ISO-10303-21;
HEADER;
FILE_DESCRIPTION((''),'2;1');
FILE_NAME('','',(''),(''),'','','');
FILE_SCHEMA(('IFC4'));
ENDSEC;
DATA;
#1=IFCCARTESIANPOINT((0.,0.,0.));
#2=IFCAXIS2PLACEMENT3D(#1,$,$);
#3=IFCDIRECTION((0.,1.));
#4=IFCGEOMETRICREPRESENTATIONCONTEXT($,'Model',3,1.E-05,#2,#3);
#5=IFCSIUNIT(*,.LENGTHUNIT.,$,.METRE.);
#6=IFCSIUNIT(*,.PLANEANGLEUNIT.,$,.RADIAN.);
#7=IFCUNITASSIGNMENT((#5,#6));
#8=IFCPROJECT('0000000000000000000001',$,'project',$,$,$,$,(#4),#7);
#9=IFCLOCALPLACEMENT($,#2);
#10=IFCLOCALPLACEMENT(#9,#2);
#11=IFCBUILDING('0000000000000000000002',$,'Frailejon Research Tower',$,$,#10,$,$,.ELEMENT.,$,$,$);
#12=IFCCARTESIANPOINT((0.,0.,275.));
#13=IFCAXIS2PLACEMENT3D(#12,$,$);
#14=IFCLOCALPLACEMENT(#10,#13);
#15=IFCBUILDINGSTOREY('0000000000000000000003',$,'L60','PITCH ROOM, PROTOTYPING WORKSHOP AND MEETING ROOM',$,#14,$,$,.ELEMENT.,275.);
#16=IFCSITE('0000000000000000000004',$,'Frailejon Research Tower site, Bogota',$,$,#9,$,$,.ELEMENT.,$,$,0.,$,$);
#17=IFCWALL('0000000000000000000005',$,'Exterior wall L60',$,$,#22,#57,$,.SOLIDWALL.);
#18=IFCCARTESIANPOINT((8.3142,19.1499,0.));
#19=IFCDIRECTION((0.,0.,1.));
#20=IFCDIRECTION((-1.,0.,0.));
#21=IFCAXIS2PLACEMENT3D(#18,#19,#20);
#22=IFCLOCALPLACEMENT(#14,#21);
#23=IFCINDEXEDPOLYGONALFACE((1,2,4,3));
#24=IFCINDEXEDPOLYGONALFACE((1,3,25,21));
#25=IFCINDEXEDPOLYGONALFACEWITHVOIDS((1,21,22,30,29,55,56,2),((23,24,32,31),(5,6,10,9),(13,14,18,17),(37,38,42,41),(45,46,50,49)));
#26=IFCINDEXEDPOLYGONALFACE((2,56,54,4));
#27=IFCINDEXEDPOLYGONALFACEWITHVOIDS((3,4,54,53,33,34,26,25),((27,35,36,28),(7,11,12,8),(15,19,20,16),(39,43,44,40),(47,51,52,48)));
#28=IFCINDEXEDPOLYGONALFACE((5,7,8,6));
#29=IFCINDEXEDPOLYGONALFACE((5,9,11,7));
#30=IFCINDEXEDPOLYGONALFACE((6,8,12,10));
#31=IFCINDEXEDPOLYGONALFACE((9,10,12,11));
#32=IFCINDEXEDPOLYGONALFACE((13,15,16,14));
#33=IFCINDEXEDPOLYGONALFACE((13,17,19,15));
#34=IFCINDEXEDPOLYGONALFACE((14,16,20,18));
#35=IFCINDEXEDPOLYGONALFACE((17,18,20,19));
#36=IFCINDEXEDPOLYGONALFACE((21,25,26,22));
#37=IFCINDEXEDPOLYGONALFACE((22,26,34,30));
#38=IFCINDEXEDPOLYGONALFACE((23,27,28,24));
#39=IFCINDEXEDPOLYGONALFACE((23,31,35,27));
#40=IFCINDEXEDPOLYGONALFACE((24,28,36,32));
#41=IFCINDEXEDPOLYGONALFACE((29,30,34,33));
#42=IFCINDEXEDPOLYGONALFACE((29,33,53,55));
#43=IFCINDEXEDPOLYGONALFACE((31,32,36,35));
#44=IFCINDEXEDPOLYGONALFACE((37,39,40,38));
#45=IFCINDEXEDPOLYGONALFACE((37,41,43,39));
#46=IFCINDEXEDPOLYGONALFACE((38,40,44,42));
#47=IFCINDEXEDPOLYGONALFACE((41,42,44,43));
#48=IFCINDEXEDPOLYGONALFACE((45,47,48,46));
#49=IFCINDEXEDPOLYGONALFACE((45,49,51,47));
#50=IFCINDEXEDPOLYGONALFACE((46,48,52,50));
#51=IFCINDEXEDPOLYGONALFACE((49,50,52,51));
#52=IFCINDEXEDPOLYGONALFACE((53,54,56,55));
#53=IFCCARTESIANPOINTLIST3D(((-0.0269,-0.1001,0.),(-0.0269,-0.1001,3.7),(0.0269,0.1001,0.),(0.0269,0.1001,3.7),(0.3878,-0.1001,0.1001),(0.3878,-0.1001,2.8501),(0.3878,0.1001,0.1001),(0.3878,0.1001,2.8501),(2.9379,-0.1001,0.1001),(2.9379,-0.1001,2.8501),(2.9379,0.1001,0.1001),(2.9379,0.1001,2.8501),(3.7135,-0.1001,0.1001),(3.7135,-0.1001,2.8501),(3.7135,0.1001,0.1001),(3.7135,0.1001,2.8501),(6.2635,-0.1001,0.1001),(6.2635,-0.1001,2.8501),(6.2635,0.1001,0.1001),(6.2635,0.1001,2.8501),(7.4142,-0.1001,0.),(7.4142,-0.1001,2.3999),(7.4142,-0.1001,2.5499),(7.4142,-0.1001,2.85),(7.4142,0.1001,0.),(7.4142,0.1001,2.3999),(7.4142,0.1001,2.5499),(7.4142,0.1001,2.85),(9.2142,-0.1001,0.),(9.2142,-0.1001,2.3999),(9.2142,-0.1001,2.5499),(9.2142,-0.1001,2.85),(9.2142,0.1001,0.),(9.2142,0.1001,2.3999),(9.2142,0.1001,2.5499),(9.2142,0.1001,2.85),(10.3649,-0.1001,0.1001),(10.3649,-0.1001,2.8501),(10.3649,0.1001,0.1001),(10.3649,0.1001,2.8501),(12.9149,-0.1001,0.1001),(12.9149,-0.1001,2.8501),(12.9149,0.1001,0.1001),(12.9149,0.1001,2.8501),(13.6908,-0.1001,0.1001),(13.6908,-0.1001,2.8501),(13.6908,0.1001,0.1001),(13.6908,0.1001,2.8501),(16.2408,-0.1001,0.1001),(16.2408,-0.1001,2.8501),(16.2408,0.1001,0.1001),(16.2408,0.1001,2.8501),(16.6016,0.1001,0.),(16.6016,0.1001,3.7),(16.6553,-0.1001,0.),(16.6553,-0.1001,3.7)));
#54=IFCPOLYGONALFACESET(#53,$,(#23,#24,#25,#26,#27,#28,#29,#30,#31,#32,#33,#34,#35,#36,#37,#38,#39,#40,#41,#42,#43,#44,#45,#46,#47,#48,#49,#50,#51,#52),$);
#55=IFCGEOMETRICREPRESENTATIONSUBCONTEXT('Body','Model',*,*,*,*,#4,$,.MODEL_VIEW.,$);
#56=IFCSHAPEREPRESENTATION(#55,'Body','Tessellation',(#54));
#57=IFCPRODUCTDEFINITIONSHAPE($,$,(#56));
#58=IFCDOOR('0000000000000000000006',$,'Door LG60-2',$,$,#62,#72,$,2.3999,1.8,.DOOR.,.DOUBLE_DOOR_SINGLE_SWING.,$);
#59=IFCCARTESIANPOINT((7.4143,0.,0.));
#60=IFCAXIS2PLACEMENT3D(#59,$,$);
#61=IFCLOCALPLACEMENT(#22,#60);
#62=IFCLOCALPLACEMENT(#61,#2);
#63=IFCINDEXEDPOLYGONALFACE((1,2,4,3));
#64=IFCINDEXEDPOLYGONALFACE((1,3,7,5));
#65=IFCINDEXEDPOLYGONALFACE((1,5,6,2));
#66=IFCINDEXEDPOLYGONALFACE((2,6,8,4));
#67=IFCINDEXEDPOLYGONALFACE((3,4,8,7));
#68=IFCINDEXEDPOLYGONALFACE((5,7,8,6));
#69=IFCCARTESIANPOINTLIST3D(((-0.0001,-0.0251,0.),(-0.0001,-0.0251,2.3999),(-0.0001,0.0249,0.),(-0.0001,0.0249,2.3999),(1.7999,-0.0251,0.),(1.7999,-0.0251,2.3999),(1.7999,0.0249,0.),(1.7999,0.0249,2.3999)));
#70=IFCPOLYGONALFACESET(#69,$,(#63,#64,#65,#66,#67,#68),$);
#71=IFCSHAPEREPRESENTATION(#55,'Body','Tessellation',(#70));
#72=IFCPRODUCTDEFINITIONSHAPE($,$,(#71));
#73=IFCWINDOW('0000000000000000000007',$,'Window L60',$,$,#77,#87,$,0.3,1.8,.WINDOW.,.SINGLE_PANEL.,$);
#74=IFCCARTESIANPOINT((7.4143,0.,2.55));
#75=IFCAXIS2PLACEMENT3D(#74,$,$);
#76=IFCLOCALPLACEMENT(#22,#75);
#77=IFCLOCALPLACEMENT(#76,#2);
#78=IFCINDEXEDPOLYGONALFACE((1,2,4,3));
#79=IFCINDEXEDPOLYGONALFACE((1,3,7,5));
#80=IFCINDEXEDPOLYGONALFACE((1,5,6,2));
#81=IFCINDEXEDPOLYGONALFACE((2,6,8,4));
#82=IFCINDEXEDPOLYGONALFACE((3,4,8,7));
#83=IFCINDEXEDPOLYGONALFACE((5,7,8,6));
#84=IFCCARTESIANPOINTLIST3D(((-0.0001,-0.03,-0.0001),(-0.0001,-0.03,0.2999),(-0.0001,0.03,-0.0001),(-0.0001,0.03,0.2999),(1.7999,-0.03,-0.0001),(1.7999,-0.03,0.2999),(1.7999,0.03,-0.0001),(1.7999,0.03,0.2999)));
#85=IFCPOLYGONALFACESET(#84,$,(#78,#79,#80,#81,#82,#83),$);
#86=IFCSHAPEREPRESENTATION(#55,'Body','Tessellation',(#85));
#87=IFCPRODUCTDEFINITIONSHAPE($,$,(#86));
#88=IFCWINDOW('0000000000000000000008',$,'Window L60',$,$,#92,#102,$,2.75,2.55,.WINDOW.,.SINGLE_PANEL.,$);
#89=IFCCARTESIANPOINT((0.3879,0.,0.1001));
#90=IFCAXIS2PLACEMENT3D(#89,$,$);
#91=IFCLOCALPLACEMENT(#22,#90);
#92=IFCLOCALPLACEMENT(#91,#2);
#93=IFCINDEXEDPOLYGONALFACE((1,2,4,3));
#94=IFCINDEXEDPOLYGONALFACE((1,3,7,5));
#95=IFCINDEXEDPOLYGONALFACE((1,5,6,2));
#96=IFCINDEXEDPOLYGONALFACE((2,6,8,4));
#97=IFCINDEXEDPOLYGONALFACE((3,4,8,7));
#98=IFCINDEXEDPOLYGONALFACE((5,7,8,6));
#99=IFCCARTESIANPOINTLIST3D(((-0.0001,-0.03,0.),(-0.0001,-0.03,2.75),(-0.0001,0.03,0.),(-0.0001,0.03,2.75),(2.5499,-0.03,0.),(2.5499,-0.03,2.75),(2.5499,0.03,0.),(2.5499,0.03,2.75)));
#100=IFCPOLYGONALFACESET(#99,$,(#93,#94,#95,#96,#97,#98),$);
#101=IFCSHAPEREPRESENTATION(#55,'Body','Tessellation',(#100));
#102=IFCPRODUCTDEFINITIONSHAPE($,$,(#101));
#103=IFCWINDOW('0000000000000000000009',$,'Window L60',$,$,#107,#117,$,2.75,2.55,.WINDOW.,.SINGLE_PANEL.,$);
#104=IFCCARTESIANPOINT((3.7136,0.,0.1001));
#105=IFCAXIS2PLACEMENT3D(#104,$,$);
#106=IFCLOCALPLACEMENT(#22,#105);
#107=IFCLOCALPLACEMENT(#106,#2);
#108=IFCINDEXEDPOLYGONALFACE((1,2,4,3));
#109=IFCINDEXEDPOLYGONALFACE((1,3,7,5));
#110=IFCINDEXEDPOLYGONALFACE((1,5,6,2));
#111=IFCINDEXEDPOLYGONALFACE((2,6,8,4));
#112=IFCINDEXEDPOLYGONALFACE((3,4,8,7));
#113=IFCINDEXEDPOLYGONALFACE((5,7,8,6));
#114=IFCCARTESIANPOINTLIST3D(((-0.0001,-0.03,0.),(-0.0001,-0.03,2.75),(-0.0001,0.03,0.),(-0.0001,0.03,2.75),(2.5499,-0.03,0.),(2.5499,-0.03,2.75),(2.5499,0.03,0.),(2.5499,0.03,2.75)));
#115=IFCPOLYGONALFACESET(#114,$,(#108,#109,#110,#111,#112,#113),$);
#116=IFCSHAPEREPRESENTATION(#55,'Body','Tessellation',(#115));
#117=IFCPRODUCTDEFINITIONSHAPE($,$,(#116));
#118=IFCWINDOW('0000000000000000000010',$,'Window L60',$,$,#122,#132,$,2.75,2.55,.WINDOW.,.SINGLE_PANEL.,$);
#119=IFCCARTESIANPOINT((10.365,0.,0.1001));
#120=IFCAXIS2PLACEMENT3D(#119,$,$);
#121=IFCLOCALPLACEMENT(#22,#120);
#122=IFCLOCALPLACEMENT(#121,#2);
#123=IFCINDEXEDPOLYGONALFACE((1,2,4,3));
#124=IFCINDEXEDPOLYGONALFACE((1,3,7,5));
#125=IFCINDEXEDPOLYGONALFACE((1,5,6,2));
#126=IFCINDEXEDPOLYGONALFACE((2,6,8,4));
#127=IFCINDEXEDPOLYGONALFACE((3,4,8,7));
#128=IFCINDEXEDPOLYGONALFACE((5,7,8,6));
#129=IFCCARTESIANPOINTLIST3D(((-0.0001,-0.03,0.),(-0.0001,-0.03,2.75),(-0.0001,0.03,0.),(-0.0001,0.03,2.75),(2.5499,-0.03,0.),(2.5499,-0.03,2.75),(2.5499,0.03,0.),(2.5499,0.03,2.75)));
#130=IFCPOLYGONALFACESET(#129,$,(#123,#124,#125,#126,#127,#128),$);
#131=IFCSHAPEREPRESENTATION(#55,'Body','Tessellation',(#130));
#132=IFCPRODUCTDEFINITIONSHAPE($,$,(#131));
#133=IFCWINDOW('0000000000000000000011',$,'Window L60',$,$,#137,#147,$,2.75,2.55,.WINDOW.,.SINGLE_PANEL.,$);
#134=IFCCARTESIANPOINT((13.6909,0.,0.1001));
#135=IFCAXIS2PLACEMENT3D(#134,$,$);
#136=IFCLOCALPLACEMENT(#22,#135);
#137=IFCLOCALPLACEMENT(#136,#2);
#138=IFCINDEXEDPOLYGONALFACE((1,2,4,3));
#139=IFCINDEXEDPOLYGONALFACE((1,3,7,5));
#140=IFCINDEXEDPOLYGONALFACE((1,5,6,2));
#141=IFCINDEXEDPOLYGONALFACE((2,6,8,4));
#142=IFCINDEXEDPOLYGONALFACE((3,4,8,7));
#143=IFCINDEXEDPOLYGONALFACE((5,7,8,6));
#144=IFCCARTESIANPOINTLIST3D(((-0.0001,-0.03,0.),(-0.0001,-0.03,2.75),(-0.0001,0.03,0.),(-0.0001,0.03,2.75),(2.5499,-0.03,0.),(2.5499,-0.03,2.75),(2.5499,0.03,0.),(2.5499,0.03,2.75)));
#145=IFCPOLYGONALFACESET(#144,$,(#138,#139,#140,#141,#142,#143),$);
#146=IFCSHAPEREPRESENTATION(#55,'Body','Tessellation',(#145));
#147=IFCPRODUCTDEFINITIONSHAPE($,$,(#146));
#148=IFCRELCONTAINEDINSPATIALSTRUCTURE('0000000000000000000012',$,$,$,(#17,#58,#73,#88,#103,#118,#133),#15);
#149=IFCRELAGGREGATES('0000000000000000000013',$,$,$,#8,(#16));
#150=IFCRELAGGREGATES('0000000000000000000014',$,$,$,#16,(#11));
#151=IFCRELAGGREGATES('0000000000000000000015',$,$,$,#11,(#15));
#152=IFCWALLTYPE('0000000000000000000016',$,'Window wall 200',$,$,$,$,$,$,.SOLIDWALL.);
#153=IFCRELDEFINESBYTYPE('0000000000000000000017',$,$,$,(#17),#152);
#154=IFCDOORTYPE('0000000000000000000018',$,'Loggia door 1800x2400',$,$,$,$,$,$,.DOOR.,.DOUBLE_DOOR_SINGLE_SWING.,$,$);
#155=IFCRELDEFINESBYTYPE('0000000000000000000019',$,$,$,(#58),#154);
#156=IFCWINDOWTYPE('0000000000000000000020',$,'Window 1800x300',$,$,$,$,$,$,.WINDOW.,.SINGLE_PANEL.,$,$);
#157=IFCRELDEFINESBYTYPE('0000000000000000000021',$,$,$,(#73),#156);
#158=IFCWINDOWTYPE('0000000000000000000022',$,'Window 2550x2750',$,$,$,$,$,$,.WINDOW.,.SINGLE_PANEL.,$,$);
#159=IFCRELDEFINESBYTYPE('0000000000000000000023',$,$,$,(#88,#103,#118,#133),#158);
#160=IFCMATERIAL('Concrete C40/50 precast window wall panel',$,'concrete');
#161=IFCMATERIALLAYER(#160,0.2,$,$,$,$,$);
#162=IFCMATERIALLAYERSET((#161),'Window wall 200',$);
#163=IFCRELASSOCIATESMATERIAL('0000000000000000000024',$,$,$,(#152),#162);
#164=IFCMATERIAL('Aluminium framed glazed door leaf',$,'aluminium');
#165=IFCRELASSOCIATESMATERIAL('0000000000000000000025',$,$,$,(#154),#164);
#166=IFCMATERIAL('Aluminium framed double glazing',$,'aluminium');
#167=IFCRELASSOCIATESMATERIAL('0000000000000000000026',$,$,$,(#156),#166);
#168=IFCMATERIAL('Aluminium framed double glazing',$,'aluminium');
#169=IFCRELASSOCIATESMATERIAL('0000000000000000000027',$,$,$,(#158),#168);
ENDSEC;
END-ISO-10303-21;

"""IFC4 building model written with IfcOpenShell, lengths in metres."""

from ifc_helpers import new_model, si_unit, direction, frame, frame_2d, origin, place, context, subcontext, project, spatial, polyline, rectangle, outline, extrude, material, layer, layer_set, type_object, element, fill, save


model = new_model("IFC4")

# Units and contexts
model_context = context("Model", 3, precision=1e-05, world=origin(), true_north=direction((0.0, 1.0)))
body_context = subcontext(model_context, "Body", "Model", "MODEL_VIEW")
ifc_project = project(units=[si_unit("LENGTHUNIT", "METRE"), si_unit("PLANEANGLEUNIT", "RADIAN")], contexts=[model_context])

# Site, building, storey
site_placement = place(None, origin())
site = spatial("IfcSite", under=ifc_project, at=site_placement, Name="Frailejon Research Tower site, Bogota", CompositionType="ELEMENT", RefElevation=0.0)
building_placement = place(site_placement, origin())
building = spatial("IfcBuilding", under=site, at=building_placement, Name="Frailejon Research Tower", CompositionType="ELEMENT")
storey_placement = place(building_placement, frame((0.0, 0.0, 275.0)))
storey = spatial("IfcBuildingStorey", under=building, at=storey_placement, Name="L60", Description="PITCH ROOM, PROTOTYPING WORKSHOP AND MEETING ROOM", CompositionType="ELEMENT", Elevation=275.0)

# Wall, openings, door, windows
ifc_material_1 = material(Name="Concrete C40/50 precast window wall panel", Category="concrete")
ifc_layer_1 = layer(ifc_material_1, 0.2)
ifc_layer_set_1 = layer_set([ifc_layer_1], Name="Window wall 200")
wall_type_1 = type_object("IfcWallType", Name="Window wall 200", PredefinedType="SOLIDWALL", material=ifc_layer_set_1)
wall_1_placement = place(storey_placement, frame((8.3142, 19.1499, 0.0), z_axis=(0.0, 0.0, 1.0), x_axis=(-1.0, 0.0, 0.0)))
wall_1 = element("IfcWall", 1, at=wall_1_placement, inside=storey, type_object=wall_type_1, Name="Exterior wall L60", PredefinedType="SOLIDWALL", context=body_context, shape_type="SweptSolid", body=[
    extrude(outline(polyline([(-0.0269, -0.1001), (1.0159, -0.1001), (2.0583, -0.1001), (3.1011, -0.1001), (4.1436, -0.1001), (5.1863, -0.1001), (6.229, -0.1001), (7.2715, -0.1001), (8.3142, -0.1001), (9.3569, -0.1001), (10.3994, -0.1001), (11.4421, -0.1001), (12.4849, -0.1001), (13.5273, -0.1001), (14.5701, -0.1001), (15.6125, -0.1001), (16.6553, -0.1001), (16.6016, 0.1001), (15.5657, 0.1001), (14.5298, 0.1001), (13.4939, 0.1001), (12.458, 0.1001), (11.4219, 0.1001), (10.386, 0.1001), (9.3501, 0.1001), (8.3142, 0.1001), (7.2783, 0.1001), (6.2424, 0.1001), (5.2065, 0.1001), (4.1704, 0.1001), (3.1345, 0.1001), (2.0986, 0.1001), (1.0627, 0.1001), (0.0269, 0.1001), (-0.0269, -0.1001)])), origin(), (0.0, 0.0, 1.0), 3.7),
])
opening_1_placement = place(wall_1_placement, frame((0.3879, 0.0, 0.1001)))
opening_1 = element("IfcOpeningElement", 2, at=opening_1_placement, cuts=wall_1, PredefinedType="OPENING", context=body_context, shape_type="SweptSolid", body=[
    extrude(rectangle(XDim=2.55, YDim=2.75, at=frame_2d((1.2749, 1.375))), frame((0.0, 0.1099, 0.0), z_axis=(0.0, -1.0, 0.0), x_axis=(1.0, 0.0, 0.0)), (0.0, 0.0, 1.0), 0.22),
])
opening_2_placement = place(wall_1_placement, frame((3.7136, 0.0, 0.1001)))
opening_2 = element("IfcOpeningElement", 3, at=opening_2_placement, cuts=wall_1, PredefinedType="OPENING", context=body_context, shape_type="SweptSolid", body=[
    extrude(rectangle(XDim=2.55, YDim=2.75, at=frame_2d((1.2749, 1.375))), frame((0.0, 0.1099, 0.0), z_axis=(0.0, -1.0, 0.0), x_axis=(1.0, 0.0, 0.0)), (0.0, 0.0, 1.0), 0.22),
])
opening_3_placement = place(wall_1_placement, frame((7.4143, 0.0, 0.0)))
opening_3 = element("IfcOpeningElement", 4, at=opening_3_placement, cuts=wall_1, PredefinedType="OPENING", context=body_context, shape_type="SweptSolid", body=[
    extrude(rectangle(XDim=1.8, YDim=2.3999, at=frame_2d((0.8999, 1.2))), frame((0.0, 0.1099, 0.0), z_axis=(0.0, -1.0, 0.0), x_axis=(1.0, 0.0, 0.0)), (0.0, 0.0, 1.0), 0.22),
])
opening_4_placement = place(wall_1_placement, frame((7.4143, 0.0, 2.55)))
opening_4 = element("IfcOpeningElement", 5, at=opening_4_placement, cuts=wall_1, PredefinedType="OPENING", context=body_context, shape_type="SweptSolid", body=[
    extrude(rectangle(XDim=1.8, YDim=0.3, at=frame_2d((0.8999, 0.1499))), frame((0.0, 0.1099, 0.0), z_axis=(0.0, -1.0, 0.0), x_axis=(1.0, 0.0, 0.0)), (0.0, 0.0, 1.0), 0.22),
])
opening_5_placement = place(wall_1_placement, frame((10.365, 0.0, 0.1001)))
opening_5 = element("IfcOpeningElement", 6, at=opening_5_placement, cuts=wall_1, PredefinedType="OPENING", context=body_context, shape_type="SweptSolid", body=[
    extrude(rectangle(XDim=2.55, YDim=2.75, at=frame_2d((1.2749, 1.375))), frame((0.0, 0.1099, 0.0), z_axis=(0.0, -1.0, 0.0), x_axis=(1.0, 0.0, 0.0)), (0.0, 0.0, 1.0), 0.22),
])
opening_6_placement = place(wall_1_placement, frame((13.6909, 0.0, 0.1001)))
opening_6 = element("IfcOpeningElement", 7, at=opening_6_placement, cuts=wall_1, PredefinedType="OPENING", context=body_context, shape_type="SweptSolid", body=[
    extrude(rectangle(XDim=2.55, YDim=2.75, at=frame_2d((1.2749, 1.375))), frame((0.0, 0.1099, 0.0), z_axis=(0.0, -1.0, 0.0), x_axis=(1.0, 0.0, 0.0)), (0.0, 0.0, 1.0), 0.22),
])
ifc_material_2 = material(Name="Aluminium framed glazed door leaf", Category="aluminium")
door_type = type_object("IfcDoorType", Name="Loggia door 1800x2400", OperationType="DOUBLE_DOOR_SINGLE_SWING", PredefinedType="DOOR", material=ifc_material_2)
door_placement = place(opening_3_placement, origin())
door = element("IfcDoor", 8, at=door_placement, inside=storey, type_object=door_type, Name="Door LG60-2", OperationType="DOUBLE_DOOR_SINGLE_SWING", OverallHeight=2.3999, OverallWidth=1.8, PredefinedType="DOOR", context=body_context, shape_type="SweptSolid", body=[
    extrude(rectangle(XDim=1.8, YDim=2.3999, at=frame_2d((0.8999, 1.2))), frame((0.0, 0.0249, 0.0), z_axis=(0.0, -1.0, 0.0), x_axis=(1.0, 0.0, 0.0)), (0.0, 0.0, 1.0), 0.05),
])
fill(opening_3, door)
ifc_material_3 = material(Name="Aluminium framed double glazing", Category="aluminium")
window_type_1 = type_object("IfcWindowType", Name="Window 1800x300", PartitioningType="SINGLE_PANEL", PredefinedType="WINDOW", material=ifc_material_3)
window_1_placement = place(opening_4_placement, origin())
window_1 = element("IfcWindow", 9, at=window_1_placement, inside=storey, type_object=window_type_1, Name="Window L60", OverallHeight=0.3, OverallWidth=1.8, PartitioningType="SINGLE_PANEL", PredefinedType="WINDOW", context=body_context, shape_type="SweptSolid", body=[
    extrude(rectangle(XDim=1.8, YDim=0.3, at=frame_2d((0.8999, 0.1499))), frame((0.0, 0.03, 0.0), z_axis=(0.0, -1.0, 0.0), x_axis=(1.0, 0.0, 0.0)), (0.0, 0.0, 1.0), 0.0601),
])
fill(opening_4, window_1)
ifc_material_4 = material(Name="Aluminium framed double glazing", Category="aluminium")
window_type_2 = type_object("IfcWindowType", Name="Window 2550x2750", PartitioningType="SINGLE_PANEL", PredefinedType="WINDOW", material=ifc_material_4)
window_2_placement = place(opening_1_placement, origin())
window_2 = element("IfcWindow", 10, at=window_2_placement, inside=storey, type_object=window_type_2, Name="Window L60", OverallHeight=2.75, OverallWidth=2.55, PartitioningType="SINGLE_PANEL", PredefinedType="WINDOW", context=body_context, shape_type="SweptSolid", body=[
    extrude(rectangle(XDim=2.55, YDim=2.75, at=frame_2d((1.2749, 1.375))), frame((0.0, 0.03, 0.0), z_axis=(0.0, -1.0, 0.0), x_axis=(1.0, 0.0, 0.0)), (0.0, 0.0, 1.0), 0.0601),
])
fill(opening_1, window_2)
window_3_placement = place(opening_2_placement, origin())
window_3 = element("IfcWindow", 11, at=window_3_placement, inside=storey, type_object=window_type_2, Name="Window L60", OverallHeight=2.75, OverallWidth=2.55, PartitioningType="SINGLE_PANEL", PredefinedType="WINDOW", context=body_context, shape_type="SweptSolid", body=[
    extrude(rectangle(XDim=2.55, YDim=2.75, at=frame_2d((1.2749, 1.375))), frame((0.0, 0.03, 0.0), z_axis=(0.0, -1.0, 0.0), x_axis=(1.0, 0.0, 0.0)), (0.0, 0.0, 1.0), 0.0601),
])
fill(opening_2, window_3)
window_4_placement = place(opening_5_placement, origin())
window_4 = element("IfcWindow", 12, at=window_4_placement, inside=storey, type_object=window_type_2, Name="Window L60", OverallHeight=2.75, OverallWidth=2.55, PartitioningType="SINGLE_PANEL", PredefinedType="WINDOW", context=body_context, shape_type="SweptSolid", body=[
    extrude(rectangle(XDim=2.55, YDim=2.75, at=frame_2d((1.2749, 1.375))), frame((0.0, 0.03, 0.0), z_axis=(0.0, -1.0, 0.0), x_axis=(1.0, 0.0, 0.0)), (0.0, 0.0, 1.0), 0.0601),
])
fill(opening_5, window_4)
window_5_placement = place(opening_6_placement, origin())
window_5 = element("IfcWindow", 13, at=window_5_placement, inside=storey, type_object=window_type_2, Name="Window L60", OverallHeight=2.75, OverallWidth=2.55, PartitioningType="SINGLE_PANEL", PredefinedType="WINDOW", context=body_context, shape_type="SweptSolid", body=[
    extrude(rectangle(XDim=2.55, YDim=2.75, at=frame_2d((1.2749, 1.375))), frame((0.0, 0.03, 0.0), z_axis=(0.0, -1.0, 0.0), x_axis=(1.0, 0.0, 0.0)), (0.0, 0.0, 1.0), 0.0601),
])
fill(opening_6, window_5)

save(model, "model.ifc")
